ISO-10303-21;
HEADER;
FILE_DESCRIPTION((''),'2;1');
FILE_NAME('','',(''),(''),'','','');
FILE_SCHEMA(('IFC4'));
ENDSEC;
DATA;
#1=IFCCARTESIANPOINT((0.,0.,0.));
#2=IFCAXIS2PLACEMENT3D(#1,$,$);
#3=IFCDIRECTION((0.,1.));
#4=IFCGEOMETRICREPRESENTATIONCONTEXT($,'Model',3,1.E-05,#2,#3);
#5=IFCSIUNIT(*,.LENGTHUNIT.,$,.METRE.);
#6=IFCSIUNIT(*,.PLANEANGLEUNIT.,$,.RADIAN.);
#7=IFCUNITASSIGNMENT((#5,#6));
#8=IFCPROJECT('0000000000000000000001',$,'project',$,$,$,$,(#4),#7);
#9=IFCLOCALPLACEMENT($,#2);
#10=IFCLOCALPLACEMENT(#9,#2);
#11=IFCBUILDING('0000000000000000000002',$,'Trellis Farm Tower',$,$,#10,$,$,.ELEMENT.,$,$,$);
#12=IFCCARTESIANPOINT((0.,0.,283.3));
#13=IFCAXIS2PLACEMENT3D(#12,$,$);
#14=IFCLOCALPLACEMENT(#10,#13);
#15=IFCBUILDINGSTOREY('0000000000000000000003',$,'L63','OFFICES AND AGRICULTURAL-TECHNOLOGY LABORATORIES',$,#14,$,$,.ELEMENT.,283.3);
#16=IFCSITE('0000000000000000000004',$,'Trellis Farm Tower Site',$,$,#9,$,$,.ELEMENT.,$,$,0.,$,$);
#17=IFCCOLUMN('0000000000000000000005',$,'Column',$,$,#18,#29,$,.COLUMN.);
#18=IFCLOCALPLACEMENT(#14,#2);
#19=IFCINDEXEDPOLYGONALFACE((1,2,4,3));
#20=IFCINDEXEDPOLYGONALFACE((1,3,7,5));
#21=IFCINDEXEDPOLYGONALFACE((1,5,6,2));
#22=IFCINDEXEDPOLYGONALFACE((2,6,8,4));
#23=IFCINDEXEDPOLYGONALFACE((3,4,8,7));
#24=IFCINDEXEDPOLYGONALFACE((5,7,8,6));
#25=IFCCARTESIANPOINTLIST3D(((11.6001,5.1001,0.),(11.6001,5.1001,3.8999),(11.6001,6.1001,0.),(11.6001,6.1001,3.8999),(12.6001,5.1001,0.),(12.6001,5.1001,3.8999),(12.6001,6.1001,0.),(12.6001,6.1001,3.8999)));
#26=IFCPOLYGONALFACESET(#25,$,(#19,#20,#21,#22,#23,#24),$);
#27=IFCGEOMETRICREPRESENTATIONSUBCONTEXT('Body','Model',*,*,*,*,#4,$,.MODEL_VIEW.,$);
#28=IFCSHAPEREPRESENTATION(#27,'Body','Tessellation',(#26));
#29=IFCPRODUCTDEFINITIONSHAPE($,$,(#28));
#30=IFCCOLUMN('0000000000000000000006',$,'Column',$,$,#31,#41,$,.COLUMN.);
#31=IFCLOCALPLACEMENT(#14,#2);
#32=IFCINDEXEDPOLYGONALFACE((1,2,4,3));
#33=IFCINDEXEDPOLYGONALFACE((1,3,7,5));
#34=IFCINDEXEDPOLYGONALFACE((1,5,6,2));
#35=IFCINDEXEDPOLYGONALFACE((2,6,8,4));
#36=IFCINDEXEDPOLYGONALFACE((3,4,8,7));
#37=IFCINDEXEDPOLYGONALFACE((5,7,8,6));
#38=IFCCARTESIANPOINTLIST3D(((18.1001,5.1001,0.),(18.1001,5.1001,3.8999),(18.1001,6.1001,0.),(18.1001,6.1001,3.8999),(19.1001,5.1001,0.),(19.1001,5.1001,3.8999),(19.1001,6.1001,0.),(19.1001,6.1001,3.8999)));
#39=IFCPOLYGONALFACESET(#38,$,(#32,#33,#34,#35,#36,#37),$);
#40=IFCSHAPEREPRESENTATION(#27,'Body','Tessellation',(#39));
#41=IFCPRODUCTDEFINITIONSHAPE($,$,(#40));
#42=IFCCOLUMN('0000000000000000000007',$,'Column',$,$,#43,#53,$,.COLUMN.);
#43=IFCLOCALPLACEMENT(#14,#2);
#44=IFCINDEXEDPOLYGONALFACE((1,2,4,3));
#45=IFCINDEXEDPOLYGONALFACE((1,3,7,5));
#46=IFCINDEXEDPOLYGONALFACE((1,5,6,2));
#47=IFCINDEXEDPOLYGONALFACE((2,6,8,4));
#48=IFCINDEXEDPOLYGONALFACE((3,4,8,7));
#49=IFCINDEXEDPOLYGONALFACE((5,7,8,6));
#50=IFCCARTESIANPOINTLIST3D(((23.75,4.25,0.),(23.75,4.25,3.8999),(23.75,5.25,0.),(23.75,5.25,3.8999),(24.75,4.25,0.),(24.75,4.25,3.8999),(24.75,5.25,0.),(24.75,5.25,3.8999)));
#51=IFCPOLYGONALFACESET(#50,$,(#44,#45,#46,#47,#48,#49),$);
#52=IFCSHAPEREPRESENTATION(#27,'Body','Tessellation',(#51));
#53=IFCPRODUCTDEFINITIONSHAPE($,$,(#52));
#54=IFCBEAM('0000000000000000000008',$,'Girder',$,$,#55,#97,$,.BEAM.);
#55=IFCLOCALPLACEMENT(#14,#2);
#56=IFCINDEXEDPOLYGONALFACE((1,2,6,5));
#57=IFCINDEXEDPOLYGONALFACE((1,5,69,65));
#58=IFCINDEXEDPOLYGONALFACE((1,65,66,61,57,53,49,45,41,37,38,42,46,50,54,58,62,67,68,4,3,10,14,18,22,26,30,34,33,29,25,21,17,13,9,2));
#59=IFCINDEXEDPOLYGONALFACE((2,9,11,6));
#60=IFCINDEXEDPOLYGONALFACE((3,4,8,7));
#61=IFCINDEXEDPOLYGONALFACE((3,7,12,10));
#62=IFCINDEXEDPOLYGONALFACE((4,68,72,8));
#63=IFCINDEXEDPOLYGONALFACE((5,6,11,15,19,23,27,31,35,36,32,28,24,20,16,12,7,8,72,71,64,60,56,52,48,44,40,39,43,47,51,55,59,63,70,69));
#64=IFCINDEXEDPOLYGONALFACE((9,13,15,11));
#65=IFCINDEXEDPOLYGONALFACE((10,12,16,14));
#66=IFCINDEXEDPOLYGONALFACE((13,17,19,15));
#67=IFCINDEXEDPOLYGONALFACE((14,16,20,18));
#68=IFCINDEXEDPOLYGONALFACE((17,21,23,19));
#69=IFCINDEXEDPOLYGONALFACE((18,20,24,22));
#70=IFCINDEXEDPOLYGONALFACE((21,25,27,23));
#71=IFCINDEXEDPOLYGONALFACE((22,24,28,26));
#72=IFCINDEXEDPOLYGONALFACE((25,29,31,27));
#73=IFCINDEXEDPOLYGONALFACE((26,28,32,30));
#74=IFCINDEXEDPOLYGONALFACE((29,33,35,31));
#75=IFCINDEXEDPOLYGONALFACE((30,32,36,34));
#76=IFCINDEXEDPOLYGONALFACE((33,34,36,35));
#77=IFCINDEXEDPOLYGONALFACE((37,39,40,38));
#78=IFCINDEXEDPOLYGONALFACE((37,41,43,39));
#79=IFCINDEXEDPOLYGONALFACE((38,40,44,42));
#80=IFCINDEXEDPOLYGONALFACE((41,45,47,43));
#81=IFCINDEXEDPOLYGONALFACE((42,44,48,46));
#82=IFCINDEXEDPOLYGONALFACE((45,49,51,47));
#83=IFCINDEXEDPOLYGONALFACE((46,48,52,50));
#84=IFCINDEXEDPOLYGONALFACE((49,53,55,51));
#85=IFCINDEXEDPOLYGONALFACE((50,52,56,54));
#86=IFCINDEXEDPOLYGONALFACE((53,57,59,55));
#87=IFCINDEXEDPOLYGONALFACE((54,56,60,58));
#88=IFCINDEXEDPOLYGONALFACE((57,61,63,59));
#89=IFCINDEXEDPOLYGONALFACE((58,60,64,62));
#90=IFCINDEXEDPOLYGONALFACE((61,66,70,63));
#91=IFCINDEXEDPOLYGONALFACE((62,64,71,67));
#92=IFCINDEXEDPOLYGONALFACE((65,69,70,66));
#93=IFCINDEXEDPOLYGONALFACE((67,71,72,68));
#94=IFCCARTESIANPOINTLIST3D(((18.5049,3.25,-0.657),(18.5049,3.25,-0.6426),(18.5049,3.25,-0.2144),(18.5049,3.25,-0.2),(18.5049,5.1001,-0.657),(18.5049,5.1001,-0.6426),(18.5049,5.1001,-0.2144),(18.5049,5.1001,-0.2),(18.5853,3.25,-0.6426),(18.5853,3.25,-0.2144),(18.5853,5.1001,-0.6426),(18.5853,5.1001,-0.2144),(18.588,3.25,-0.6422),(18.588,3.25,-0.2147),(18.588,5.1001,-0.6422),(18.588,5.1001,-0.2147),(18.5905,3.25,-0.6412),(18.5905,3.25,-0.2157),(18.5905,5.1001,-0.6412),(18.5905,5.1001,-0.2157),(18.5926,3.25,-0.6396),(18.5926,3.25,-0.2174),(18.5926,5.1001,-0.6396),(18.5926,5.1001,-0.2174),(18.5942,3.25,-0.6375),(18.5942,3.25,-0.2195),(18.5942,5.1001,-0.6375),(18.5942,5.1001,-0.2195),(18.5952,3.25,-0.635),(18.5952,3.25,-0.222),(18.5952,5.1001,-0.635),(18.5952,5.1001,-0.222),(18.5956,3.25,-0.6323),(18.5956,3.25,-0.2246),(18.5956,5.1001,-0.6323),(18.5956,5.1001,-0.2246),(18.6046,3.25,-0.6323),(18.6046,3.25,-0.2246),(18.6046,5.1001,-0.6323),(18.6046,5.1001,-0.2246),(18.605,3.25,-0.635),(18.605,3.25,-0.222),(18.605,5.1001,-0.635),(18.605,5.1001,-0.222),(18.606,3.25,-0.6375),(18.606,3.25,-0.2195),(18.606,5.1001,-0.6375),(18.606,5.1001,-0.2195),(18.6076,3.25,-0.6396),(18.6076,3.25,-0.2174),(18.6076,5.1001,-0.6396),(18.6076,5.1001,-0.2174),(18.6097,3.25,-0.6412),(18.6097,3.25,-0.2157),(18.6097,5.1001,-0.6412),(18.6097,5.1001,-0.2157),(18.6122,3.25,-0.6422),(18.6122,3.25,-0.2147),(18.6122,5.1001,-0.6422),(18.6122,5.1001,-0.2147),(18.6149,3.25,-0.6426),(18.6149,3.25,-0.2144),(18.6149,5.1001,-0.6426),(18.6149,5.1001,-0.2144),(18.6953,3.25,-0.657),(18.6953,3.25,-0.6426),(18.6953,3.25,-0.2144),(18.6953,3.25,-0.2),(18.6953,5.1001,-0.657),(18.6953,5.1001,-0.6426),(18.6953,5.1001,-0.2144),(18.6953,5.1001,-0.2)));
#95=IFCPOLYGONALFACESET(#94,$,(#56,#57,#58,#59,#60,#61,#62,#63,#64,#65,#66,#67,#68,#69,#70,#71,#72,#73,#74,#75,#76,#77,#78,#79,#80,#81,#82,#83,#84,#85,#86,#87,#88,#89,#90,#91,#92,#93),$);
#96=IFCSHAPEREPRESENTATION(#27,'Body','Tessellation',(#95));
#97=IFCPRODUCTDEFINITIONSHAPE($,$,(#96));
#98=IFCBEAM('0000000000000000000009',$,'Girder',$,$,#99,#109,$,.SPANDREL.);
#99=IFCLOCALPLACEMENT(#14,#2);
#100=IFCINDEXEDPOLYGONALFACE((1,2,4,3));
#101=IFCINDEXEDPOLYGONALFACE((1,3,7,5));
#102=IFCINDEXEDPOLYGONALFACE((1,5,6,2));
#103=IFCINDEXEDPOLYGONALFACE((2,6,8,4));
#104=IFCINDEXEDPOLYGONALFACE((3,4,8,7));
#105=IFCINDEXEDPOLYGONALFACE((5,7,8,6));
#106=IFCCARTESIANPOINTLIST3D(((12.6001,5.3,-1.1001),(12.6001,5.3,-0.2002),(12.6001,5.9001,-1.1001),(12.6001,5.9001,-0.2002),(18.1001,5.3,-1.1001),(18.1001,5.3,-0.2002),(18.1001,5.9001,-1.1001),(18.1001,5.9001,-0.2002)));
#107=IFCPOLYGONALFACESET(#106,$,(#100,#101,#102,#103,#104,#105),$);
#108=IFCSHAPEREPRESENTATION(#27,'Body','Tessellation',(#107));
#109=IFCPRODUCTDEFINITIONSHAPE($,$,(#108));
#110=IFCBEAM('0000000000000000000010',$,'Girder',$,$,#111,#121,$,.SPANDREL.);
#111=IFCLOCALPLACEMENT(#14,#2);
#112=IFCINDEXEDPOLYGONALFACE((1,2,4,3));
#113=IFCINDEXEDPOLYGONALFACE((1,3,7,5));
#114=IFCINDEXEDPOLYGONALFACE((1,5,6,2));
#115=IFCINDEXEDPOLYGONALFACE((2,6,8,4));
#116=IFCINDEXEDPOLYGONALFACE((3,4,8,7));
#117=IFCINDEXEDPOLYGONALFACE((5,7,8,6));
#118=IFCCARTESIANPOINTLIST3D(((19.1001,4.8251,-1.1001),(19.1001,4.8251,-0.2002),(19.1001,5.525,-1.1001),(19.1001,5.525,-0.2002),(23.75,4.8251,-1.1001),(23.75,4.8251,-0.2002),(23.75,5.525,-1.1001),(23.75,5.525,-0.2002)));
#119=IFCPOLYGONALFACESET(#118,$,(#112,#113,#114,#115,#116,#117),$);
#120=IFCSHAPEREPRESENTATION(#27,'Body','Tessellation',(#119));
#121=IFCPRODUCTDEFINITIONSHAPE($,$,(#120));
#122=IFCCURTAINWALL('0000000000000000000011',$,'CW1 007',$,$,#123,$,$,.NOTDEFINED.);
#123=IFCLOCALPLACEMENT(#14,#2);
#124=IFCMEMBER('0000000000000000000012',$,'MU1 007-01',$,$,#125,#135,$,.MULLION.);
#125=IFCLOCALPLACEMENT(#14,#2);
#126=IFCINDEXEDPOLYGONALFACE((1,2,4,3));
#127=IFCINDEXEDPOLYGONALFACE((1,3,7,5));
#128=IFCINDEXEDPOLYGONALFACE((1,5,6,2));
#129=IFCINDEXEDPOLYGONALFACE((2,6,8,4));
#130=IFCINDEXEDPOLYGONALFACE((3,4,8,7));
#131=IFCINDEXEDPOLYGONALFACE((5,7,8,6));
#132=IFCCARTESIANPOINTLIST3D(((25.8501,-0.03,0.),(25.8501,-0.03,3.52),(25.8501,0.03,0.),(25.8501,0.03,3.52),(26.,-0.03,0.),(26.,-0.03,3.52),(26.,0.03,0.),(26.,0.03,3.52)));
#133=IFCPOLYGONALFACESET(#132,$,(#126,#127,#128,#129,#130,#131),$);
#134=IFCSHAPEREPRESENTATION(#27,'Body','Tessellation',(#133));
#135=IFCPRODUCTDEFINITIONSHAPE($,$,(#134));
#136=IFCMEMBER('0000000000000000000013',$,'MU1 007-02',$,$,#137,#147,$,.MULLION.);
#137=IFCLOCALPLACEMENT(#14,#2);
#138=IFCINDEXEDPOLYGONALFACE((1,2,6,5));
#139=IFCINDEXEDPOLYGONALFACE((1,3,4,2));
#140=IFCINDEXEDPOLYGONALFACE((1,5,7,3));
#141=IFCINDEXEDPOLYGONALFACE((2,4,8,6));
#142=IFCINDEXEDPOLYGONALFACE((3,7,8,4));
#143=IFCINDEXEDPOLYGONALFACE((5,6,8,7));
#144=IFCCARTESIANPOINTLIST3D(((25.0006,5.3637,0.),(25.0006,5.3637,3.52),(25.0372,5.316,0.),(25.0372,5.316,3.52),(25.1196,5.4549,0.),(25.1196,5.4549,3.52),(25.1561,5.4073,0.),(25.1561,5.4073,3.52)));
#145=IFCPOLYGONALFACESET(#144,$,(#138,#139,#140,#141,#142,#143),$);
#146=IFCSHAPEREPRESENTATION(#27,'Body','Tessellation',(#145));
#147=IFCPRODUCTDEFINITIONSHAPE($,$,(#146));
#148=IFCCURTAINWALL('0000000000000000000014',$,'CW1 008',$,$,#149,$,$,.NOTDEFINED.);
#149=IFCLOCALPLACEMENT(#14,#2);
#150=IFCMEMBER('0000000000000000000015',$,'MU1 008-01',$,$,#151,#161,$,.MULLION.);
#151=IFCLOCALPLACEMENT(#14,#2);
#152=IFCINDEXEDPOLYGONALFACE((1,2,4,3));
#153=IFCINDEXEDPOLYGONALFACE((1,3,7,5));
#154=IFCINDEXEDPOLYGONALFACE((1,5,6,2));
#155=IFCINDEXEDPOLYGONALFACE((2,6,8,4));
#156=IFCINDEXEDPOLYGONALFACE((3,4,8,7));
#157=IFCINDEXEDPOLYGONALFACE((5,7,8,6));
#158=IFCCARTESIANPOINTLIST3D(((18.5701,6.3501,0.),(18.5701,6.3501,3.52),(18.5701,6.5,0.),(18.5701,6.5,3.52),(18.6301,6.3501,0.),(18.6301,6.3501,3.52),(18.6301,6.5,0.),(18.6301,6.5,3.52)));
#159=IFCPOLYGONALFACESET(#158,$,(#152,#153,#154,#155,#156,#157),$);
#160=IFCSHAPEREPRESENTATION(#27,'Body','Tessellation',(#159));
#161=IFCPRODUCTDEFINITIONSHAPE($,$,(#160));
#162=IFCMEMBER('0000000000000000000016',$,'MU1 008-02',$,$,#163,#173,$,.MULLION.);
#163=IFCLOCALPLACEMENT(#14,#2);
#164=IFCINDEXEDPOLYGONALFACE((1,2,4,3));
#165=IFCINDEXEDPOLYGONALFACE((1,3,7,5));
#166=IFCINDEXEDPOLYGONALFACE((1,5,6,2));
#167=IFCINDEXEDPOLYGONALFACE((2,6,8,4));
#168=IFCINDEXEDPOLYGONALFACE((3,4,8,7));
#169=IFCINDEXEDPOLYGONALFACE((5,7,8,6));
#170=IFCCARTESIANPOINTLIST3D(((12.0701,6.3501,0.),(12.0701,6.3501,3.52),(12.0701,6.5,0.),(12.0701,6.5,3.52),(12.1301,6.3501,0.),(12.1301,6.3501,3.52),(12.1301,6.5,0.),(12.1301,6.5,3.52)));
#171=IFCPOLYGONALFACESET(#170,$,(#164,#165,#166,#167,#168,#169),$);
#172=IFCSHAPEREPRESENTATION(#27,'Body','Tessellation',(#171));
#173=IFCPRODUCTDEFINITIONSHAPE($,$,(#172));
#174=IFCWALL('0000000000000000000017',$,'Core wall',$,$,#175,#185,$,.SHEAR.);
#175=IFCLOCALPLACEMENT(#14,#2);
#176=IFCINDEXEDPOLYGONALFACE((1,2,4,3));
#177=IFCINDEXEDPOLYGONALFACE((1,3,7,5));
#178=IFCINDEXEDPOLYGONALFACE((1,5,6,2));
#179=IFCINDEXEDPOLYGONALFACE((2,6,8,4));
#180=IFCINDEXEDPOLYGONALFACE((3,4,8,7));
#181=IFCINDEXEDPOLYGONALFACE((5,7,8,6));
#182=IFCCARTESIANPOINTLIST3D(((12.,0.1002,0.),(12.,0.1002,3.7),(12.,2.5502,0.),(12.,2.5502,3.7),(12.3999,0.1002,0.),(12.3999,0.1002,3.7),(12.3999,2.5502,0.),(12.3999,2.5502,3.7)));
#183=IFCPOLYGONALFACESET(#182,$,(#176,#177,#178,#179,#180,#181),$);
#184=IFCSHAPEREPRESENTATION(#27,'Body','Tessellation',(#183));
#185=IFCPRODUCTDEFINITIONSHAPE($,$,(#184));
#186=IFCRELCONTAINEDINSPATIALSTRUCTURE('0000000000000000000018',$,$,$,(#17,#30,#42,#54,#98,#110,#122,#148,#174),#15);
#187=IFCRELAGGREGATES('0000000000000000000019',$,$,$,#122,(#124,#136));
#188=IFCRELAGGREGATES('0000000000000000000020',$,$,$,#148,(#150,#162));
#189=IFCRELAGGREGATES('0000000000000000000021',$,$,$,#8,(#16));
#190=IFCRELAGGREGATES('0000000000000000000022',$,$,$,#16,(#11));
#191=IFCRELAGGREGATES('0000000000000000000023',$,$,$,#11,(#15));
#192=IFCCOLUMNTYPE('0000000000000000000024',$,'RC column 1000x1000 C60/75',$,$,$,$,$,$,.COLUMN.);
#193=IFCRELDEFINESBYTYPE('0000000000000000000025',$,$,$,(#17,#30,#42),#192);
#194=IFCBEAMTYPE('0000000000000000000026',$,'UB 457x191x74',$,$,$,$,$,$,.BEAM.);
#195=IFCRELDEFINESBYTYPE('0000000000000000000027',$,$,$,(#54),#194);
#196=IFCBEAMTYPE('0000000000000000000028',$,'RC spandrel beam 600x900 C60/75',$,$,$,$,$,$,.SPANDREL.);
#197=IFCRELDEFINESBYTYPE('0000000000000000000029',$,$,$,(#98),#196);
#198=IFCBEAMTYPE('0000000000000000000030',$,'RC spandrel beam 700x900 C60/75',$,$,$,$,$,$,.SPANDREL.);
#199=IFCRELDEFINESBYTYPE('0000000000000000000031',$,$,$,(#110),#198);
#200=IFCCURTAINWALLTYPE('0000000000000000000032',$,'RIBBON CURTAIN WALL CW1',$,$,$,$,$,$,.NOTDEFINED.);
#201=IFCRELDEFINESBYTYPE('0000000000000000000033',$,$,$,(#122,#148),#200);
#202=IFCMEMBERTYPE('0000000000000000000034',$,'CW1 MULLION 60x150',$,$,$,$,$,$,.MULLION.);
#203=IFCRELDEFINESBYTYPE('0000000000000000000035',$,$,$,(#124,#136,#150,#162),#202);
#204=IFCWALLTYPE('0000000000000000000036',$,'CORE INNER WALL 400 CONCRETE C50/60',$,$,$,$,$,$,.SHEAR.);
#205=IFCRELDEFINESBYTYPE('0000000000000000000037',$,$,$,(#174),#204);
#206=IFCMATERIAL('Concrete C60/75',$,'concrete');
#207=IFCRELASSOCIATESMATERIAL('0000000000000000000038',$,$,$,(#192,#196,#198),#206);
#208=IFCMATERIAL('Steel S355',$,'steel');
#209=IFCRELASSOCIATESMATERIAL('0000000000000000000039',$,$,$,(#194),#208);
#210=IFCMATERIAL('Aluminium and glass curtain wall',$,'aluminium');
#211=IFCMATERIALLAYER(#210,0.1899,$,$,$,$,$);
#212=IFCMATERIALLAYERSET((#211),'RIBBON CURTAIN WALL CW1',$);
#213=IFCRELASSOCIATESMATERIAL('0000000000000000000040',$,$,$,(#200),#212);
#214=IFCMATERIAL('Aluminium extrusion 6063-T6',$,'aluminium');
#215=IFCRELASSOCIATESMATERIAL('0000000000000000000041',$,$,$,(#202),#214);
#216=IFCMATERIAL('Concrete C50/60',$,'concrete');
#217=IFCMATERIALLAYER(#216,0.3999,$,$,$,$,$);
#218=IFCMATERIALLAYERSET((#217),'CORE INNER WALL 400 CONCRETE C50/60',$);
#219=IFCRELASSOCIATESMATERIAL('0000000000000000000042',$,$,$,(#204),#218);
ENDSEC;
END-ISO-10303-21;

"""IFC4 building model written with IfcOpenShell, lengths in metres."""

from ifc_helpers import new_model, si_unit, direction, frame, frame_2d, origin, origin_2d, place, context, subcontext, project, spatial, rectangle, i_section, extrude, source, transform, mapped, material, layer, layer_set, material_profile, profile_set, type_object, element, aggregate, save


model = new_model("IFC4")

# Units and contexts
model_context = context("Model", 3, precision=1e-05, world=origin(), true_north=direction((0.0, 1.0)))
body_context = subcontext(model_context, "Body", "Model", "MODEL_VIEW")
ifc_project = project(units=[si_unit("LENGTHUNIT", "METRE"), si_unit("PLANEANGLEUNIT", "RADIAN")], contexts=[model_context])

# Site, building, storey
site_placement = place(None, origin())
site = spatial("IfcSite", under=ifc_project, at=site_placement, Name="Trellis Farm Tower Site", CompositionType="ELEMENT", RefElevation=0.0)
building_placement = place(site_placement, origin())
building = spatial("IfcBuilding", under=site, at=building_placement, Name="Trellis Farm Tower", CompositionType="ELEMENT")
storey_placement = place(building_placement, frame((0.0, 0.0, 283.3)))
storey = spatial("IfcBuildingStorey", under=building, at=storey_placement, Name="L63", Description="OFFICES AND AGRICULTURAL-TECHNOLOGY LABORATORIES", CompositionType="ELEMENT", Elevation=283.3)

# Columns
ifc_material_1 = material(Name="Concrete C60/75", Category="concrete")
ifc_material_profile_1 = material_profile(ifc_material_1, rectangle(XDim=1.0, YDim=1.0, at=origin_2d()), Name="RC column 1000x1000 C60/75")
ifc_profile_set_1 = profile_set([ifc_material_profile_1], Name="Concrete C60/75")
column_type = type_object("IfcColumnType", Name="RC column 1000x1000 C60/75", PredefinedType="COLUMN", material=ifc_profile_set_1)
shared_shape_1 = source(origin(), body_context, "Body", "SweptSolid", [
    extrude(rectangle(XDim=1.0, YDim=1.0, at=origin_2d()), origin(), (0.0, 0.0, 1.0), 3.8999),
])
for number, where, z_axis, x_axis, name in (
    (1, (12.1001, 5.6001, 0.0), (0.0, 0.0, 1.0), (1.0, 0.0, 0.0), "Column"),
    (2, (18.6001, 5.6001, 0.0), (0.0, 0.0, 1.0), (1.0, 0.0, 0.0), "Column"),
    (3, (24.25, 4.75, 0.0), (0.0, 0.0, 1.0), (1.0, 0.0, 0.0), "Column"),
):
    element("IfcColumn", number, at=place(storey_placement, frame(where, z_axis=z_axis, x_axis=x_axis)), inside=storey, type_object=column_type, Name=name, PredefinedType="COLUMN", context=body_context, shape_type="MappedRepresentation", body=[
        mapped(shared_shape_1, transform((0.0, 0.0, 0.0))),
    ])

# Beams
ifc_material_2 = material(Name="Steel S355", Category="steel")
ifc_material_profile_2 = material_profile(ifc_material_2, i_section(OverallWidth=0.1904, OverallDepth=0.457, WebThickness=0.009, FlangeThickness=0.0144, FilletRadius=0.0103, at=origin_2d()), Name="UB 457x191x74")
ifc_profile_set_2 = profile_set([ifc_material_profile_2], Name="Steel S355")
beam_type_1 = type_object("IfcBeamType", Name="UB 457x191x74", PredefinedType="BEAM", material=ifc_profile_set_2)
shared_shape_2 = source(origin(), body_context, "Body", "SweptSolid", [
    extrude(i_section(OverallWidth=0.1904, OverallDepth=0.457, WebThickness=0.009, FlangeThickness=0.0144, FilletRadius=0.0103, at=origin_2d()), origin(), (0.0, 0.0, 1.0), 1.8501),
])
beam_1_placement = place(storey_placement, frame((18.6001, 3.25, -0.4285), z_axis=(0.0, 1.0, 0.0), x_axis=(-1.0, 0.0, 0.0)))
element("IfcBeam", 4, at=beam_1_placement, inside=storey, type_object=beam_type_1, Name="Girder", PredefinedType="BEAM", context=body_context, shape_type="MappedRepresentation", body=[
    mapped(shared_shape_2, transform((0.0, 0.0, 0.0))),
])
ifc_material_profile_3 = material_profile(ifc_material_1, rectangle(XDim=0.6001, YDim=0.8999, at=origin_2d()), Name="RC spandrel beam 600x900 C60/75")
ifc_profile_set_3 = profile_set([ifc_material_profile_3], Name="Concrete C60/75")
beam_type_2 = type_object("IfcBeamType", Name="RC spandrel beam 600x900 C60/75", PredefinedType="SPANDREL", material=ifc_profile_set_3)
shared_shape_3 = source(origin(), body_context, "Body", "SweptSolid", [
    extrude(rectangle(XDim=0.6001, YDim=0.8999, at=origin_2d()), origin(), (0.0, 0.0, 1.0), 5.5),
])
beam_2_placement = place(storey_placement, frame((12.6001, 5.6001, -0.6501), z_axis=(1.0, 0.0, 0.0), x_axis=(0.0, 1.0, 0.0)))
element("IfcBeam", 5, at=beam_2_placement, inside=storey, type_object=beam_type_2, Name="Girder", PredefinedType="SPANDREL", context=body_context, shape_type="MappedRepresentation", body=[
    mapped(shared_shape_3, transform((0.0, 0.0, 0.0))),
])
ifc_material_profile_4 = material_profile(ifc_material_1, rectangle(XDim=0.7, YDim=0.8999, at=origin_2d()), Name="RC spandrel beam 700x900 C60/75")
ifc_profile_set_4 = profile_set([ifc_material_profile_4], Name="Concrete C60/75")
beam_type_3 = type_object("IfcBeamType", Name="RC spandrel beam 700x900 C60/75", PredefinedType="SPANDREL", material=ifc_profile_set_4)
shared_shape_4 = source(origin(), body_context, "Body", "SweptSolid", [
    extrude(rectangle(XDim=0.7, YDim=0.8999, at=origin_2d()), origin(), (0.0, 0.0, 1.0), 4.6499),
])
beam_3_placement = place(storey_placement, frame((19.1001, 5.175, -0.6501), z_axis=(1.0, 0.0, 0.0), x_axis=(0.0, 1.0, 0.0)))
element("IfcBeam", 6, at=beam_3_placement, inside=storey, type_object=beam_type_3, Name="Girder", PredefinedType="SPANDREL", context=body_context, shape_type="MappedRepresentation", body=[
    mapped(shared_shape_4, transform((0.0, 0.0, 0.0))),
])

# Curtain walls, members
ifc_material_3 = material(Name="Aluminium and glass curtain wall", Category="aluminium")
ifc_layer_1 = layer(ifc_material_3, 0.1899)
ifc_layer_set_1 = layer_set([ifc_layer_1], Name="RIBBON CURTAIN WALL CW1")
curtain_wall_type = type_object("IfcCurtainWallType", Name="RIBBON CURTAIN WALL CW1", PredefinedType="NOTDEFINED", material=ifc_layer_set_1)
placement = place(storey_placement, origin())
curtain_wall_1 = element("IfcCurtainWall", 7, at=placement, inside=storey, type_object=curtain_wall_type, Name="CW1 007", PredefinedType="NOTDEFINED")
ifc_material_4 = material(Name="Aluminium extrusion 6063-T6", Category="aluminium")
ifc_material_profile_5 = material_profile(ifc_material_4, rectangle(XDim=0.0601, YDim=0.1499, at=origin_2d()), Name="MULLION 60x150")
ifc_profile_set_5 = profile_set([ifc_material_profile_5], Name="Aluminium extrusion 6063-T6")
member_type = type_object("IfcMemberType", Name="CW1 MULLION 60x150", PredefinedType="MULLION", material=ifc_profile_set_5)
shared_shape_5 = source(origin(), body_context, "Body", "SweptSolid", [
    extrude(rectangle(XDim=0.0601, YDim=0.1499, at=origin_2d()), origin(), (0.0, 0.0, 1.0), 3.52),
])
member_1_placement = place(storey_placement, frame((25.925, 0.0, 0.0), z_axis=(0.0, 0.0, 1.0), x_axis=(0.0, 1.0, 0.0)))
member_1 = element("IfcMember", 8, at=member_1_placement, type_object=member_type, Name="MU1 007-01", PredefinedType="MULLION", context=body_context, shape_type="MappedRepresentation", body=[
    mapped(shared_shape_5, transform((0.0, 0.0, 0.0))),
])
member_2_placement = place(storey_placement, frame((25.0784, 5.3855, 0.0), z_axis=(0.0, 0.0, 1.0), x_axis=(-0.608761, 0.793353, 0.0)))
member_2 = element("IfcMember", 9, at=member_2_placement, type_object=member_type, Name="MU1 007-02", PredefinedType="MULLION", context=body_context, shape_type="MappedRepresentation", body=[
    mapped(shared_shape_5, transform((0.0, 0.0, 0.0))),
])
aggregate(curtain_wall_1, [member_1, member_2])
curtain_wall_2 = element("IfcCurtainWall", 10, at=placement, inside=storey, type_object=curtain_wall_type, Name="CW1 008", PredefinedType="NOTDEFINED")
member_3_placement = place(storey_placement, frame((18.6001, 6.425, 0.0), z_axis=(0.0, 0.0, 1.0), x_axis=(-1.0, 0.0, 0.0)))
member_3 = element("IfcMember", 11, at=member_3_placement, type_object=member_type, Name="MU1 008-01", PredefinedType="MULLION", context=body_context, shape_type="MappedRepresentation", body=[
    mapped(shared_shape_5, transform((0.0, 0.0, 0.0))),
])
member_4_placement = place(storey_placement, frame((12.1001, 6.425, 0.0), z_axis=(0.0, 0.0, 1.0), x_axis=(-1.0, 0.0, 0.0)))
member_4 = element("IfcMember", 12, at=member_4_placement, type_object=member_type, Name="MU1 008-02", PredefinedType="MULLION", context=body_context, shape_type="MappedRepresentation", body=[
    mapped(shared_shape_5, transform((0.0, 0.0, 0.0))),
])
aggregate(curtain_wall_2, [member_3, member_4])

# Wall
ifc_material_5 = material(Name="Concrete C50/60", Category="concrete")
ifc_layer_2 = layer(ifc_material_5, 0.3999)
ifc_layer_set_2 = layer_set([ifc_layer_2], Name="CORE INNER WALL 400 CONCRETE C50/60")
wall_type_1 = type_object("IfcWallType", Name="CORE INNER WALL 400 CONCRETE C50/60", PredefinedType="SHEAR", material=ifc_layer_set_2)
shared_shape_6 = source(origin(), body_context, "Body", "SweptSolid", [
    extrude(rectangle(XDim=2.45, YDim=0.3999, at=frame_2d((1.2251, 0.0))), origin(), (0.0, 0.0, 1.0), 3.7),
])
for number, where, z_axis, x_axis, name in (
    (13, (12.2, 0.1001, 0.0), (0.0, 0.0, 1.0), (0.0, 1.0, 0.0), "Core wall"),
):
    element("IfcWall", number, at=place(storey_placement, frame(where, z_axis=z_axis, x_axis=x_axis)), inside=storey, type_object=wall_type_1, Name=name, PredefinedType="SHEAR", context=body_context, shape_type="MappedRepresentation", body=[
        mapped(shared_shape_6, transform((0.0, 0.0, 0.0))),
    ])

save(model, "model.ifc")
